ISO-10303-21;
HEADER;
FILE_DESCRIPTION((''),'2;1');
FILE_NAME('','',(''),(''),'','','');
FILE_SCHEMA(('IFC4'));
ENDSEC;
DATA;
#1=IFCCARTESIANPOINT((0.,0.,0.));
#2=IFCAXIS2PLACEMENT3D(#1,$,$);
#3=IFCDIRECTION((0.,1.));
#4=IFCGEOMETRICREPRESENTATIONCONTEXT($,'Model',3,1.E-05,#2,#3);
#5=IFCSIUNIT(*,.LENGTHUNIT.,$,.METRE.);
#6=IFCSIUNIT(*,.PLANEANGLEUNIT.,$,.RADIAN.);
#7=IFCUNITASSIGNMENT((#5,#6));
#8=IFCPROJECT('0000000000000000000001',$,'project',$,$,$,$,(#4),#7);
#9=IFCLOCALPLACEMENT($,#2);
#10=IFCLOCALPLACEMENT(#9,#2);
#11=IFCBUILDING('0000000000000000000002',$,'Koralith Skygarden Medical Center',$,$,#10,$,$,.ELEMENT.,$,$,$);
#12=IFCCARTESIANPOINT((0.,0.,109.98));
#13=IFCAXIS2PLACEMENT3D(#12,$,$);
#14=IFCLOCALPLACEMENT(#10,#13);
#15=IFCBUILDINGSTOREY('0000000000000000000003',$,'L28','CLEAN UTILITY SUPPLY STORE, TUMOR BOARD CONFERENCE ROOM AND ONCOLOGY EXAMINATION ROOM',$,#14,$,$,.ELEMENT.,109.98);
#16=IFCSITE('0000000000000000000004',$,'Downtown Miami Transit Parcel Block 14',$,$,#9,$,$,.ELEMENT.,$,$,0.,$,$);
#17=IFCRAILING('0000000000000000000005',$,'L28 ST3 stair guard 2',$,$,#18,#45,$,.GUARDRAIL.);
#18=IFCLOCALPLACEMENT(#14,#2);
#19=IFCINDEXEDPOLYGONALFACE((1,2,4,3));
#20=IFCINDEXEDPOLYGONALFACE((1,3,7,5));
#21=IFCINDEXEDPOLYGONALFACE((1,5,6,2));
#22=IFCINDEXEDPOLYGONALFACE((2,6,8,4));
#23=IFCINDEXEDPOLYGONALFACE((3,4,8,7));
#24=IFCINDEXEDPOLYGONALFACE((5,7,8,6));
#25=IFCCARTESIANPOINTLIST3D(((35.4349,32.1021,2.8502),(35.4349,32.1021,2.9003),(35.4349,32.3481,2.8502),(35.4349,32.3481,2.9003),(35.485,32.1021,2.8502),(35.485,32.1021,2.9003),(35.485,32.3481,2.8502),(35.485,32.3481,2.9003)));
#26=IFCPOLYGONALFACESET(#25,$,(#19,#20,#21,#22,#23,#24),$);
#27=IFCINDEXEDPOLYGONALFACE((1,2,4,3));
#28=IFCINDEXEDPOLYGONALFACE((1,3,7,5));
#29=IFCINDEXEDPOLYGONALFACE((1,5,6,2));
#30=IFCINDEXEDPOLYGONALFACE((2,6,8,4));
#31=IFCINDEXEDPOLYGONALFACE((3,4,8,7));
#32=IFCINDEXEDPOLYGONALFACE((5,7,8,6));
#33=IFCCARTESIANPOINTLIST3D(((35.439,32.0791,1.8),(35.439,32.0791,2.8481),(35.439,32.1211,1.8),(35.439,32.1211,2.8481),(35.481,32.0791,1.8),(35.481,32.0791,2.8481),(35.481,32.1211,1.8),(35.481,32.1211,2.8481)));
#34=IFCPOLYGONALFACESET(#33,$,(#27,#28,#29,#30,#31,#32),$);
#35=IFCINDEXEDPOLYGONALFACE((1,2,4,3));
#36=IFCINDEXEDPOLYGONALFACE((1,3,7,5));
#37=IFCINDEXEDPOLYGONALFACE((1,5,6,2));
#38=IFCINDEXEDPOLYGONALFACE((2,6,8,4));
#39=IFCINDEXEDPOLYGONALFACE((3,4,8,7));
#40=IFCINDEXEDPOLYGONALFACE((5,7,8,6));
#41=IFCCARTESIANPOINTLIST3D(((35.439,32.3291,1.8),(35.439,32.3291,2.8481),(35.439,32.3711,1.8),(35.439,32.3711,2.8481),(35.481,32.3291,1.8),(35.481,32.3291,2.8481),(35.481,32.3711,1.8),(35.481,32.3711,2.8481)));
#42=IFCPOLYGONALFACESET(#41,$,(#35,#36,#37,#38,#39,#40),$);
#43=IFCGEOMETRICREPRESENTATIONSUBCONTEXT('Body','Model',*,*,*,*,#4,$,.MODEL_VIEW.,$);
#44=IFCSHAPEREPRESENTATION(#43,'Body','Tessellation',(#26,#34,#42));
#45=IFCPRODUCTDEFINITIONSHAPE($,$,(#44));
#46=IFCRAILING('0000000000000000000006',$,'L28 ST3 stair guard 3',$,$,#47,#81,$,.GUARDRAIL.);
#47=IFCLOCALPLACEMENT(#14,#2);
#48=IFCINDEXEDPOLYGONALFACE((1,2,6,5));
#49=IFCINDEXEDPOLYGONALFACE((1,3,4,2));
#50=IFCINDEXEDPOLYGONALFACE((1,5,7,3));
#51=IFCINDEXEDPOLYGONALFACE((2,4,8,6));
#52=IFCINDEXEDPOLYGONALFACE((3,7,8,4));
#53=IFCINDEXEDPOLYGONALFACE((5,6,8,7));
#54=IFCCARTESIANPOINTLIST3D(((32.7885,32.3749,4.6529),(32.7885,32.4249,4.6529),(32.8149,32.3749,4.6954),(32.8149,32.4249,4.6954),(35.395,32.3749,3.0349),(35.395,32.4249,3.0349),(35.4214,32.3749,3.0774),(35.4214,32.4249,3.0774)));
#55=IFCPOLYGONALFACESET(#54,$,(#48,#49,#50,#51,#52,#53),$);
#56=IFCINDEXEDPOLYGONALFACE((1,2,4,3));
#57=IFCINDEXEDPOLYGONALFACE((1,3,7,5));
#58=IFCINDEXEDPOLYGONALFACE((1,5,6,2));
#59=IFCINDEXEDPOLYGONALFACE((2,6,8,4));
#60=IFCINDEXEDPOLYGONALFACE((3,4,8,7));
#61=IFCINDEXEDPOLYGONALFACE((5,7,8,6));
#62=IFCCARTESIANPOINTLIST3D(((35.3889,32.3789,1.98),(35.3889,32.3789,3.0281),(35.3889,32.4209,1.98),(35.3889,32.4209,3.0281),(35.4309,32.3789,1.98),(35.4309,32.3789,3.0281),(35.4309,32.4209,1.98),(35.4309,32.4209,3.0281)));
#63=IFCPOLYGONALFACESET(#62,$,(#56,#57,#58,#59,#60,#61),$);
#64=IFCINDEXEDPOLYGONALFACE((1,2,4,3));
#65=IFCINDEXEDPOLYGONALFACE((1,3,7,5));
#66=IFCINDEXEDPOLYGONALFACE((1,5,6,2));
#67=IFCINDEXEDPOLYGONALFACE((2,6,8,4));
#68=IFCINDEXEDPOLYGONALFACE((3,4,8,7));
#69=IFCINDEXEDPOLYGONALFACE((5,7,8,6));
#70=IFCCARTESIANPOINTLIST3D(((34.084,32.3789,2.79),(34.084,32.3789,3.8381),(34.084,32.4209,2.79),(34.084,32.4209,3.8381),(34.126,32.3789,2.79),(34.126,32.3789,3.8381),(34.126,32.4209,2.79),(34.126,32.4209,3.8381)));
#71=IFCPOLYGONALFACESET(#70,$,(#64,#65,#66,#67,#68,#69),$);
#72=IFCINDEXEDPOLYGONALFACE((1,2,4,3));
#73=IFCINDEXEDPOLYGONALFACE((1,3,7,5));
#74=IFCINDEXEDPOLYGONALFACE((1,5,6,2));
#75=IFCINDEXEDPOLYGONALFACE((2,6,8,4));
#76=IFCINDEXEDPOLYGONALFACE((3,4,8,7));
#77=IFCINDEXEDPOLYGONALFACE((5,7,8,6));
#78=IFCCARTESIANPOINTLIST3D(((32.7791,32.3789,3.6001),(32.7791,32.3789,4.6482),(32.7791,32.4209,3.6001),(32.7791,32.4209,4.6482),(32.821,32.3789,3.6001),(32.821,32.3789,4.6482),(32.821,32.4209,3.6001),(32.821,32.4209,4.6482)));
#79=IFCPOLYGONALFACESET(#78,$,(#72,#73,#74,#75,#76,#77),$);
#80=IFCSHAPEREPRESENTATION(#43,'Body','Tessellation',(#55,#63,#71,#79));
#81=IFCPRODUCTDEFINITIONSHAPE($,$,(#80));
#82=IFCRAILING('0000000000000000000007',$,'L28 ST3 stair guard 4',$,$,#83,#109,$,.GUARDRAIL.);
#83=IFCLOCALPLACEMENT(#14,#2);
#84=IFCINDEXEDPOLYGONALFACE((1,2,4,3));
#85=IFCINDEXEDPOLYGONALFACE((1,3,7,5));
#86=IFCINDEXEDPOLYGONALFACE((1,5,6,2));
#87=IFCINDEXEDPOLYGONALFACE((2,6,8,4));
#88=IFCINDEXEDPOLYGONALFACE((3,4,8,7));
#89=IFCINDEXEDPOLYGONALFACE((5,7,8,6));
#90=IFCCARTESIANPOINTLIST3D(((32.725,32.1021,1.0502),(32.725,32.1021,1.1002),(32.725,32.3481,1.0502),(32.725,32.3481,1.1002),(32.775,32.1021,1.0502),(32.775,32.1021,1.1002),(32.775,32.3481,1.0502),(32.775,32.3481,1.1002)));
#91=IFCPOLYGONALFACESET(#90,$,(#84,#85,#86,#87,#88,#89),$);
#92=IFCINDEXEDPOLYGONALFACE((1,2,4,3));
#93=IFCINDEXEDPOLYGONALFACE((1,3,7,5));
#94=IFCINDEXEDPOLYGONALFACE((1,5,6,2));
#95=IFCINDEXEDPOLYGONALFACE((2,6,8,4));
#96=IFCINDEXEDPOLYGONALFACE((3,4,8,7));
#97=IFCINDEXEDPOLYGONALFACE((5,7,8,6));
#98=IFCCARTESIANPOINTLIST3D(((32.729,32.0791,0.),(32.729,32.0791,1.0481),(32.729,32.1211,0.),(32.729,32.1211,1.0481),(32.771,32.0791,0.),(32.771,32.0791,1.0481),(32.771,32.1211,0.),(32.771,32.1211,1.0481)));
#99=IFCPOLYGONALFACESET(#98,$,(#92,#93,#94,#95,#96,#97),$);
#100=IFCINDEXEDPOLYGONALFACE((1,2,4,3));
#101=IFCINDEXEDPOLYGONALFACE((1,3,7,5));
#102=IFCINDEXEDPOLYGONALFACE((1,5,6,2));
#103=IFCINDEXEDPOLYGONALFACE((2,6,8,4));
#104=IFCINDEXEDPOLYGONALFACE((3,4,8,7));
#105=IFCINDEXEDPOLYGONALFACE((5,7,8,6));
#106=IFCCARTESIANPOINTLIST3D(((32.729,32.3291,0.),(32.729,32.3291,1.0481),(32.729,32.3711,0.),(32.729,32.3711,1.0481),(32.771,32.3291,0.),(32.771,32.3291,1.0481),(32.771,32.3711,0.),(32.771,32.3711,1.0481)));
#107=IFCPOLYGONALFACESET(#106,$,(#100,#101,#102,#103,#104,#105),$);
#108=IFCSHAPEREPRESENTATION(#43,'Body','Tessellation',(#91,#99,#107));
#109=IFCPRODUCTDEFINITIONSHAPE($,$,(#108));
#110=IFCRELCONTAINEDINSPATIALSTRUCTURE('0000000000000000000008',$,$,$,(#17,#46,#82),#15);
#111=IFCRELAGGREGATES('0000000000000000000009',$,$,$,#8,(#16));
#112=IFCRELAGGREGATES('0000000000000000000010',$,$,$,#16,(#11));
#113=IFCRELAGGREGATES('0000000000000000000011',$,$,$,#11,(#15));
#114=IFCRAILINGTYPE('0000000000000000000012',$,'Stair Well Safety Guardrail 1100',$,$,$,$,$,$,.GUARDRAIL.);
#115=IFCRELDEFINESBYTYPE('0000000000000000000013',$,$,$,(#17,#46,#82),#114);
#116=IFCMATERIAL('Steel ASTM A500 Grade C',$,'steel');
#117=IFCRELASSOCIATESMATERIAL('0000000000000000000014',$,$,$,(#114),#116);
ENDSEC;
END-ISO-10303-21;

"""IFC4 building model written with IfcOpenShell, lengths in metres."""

from ifc_helpers import new_model, si_unit, direction, frame, origin, origin_2d, place, context, subcontext, project, spatial, rectangle, extrude, material, type_object, element, save


model = new_model("IFC4")

# Units and contexts
model_context = context("Model", 3, precision=1e-05, world=origin(), true_north=direction((0.0, 1.0)))
body_context = subcontext(model_context, "Body", "Model", "MODEL_VIEW")
ifc_project = project(units=[si_unit("LENGTHUNIT", "METRE"), si_unit("PLANEANGLEUNIT", "RADIAN")], contexts=[model_context])

# Site, building, storey
site_placement = place(None, origin())
site = spatial("IfcSite", under=ifc_project, at=site_placement, Name="Downtown Miami Transit Parcel Block 14", CompositionType="ELEMENT", RefElevation=0.0)
building_placement = place(site_placement, origin())
building = spatial("IfcBuilding", under=site, at=building_placement, Name="Koralith Skygarden Medical Center", CompositionType="ELEMENT")
storey_placement = place(building_placement, frame((0.0, 0.0, 109.98)))
storey = spatial("IfcBuildingStorey", under=building, at=storey_placement, Name="L28", Description="CLEAN UTILITY SUPPLY STORE, TUMOR BOARD CONFERENCE ROOM AND ONCOLOGY EXAMINATION ROOM", CompositionType="ELEMENT", Elevation=109.98)

# Railings
ifc_material_1 = material(Name="Steel ASTM A500 Grade C", Category="steel")
railing_type_1 = type_object("IfcRailingType", Name="Stair Well Safety Guardrail 1100", PredefinedType="GUARDRAIL", material=ifc_material_1)
railing_1_placement = place(storey_placement, frame((35.46, 32.1001, 1.8)))
element("IfcRailing", 1, at=railing_1_placement, inside=storey, type_object=railing_type_1, Name="L28 ST3 stair guard 2", PredefinedType="GUARDRAIL", context=body_context, shape_type="SweptSolid", body=[
    extrude(rectangle(XDim=0.05, YDim=0.05, at=origin_2d()), frame((0.0, 0.002, 1.0752), z_axis=(0.0, 1.0, 0.0), x_axis=(-1.0, 0.0, 0.0)), (0.0, 0.0, 1.0), 0.2461),
    extrude(rectangle(XDim=0.042, YDim=0.042, at=origin_2d()), origin(), (0.0, 0.0, 1.0), 1.0481),
    extrude(rectangle(XDim=0.042, YDim=0.042, at=origin_2d()), frame((0.0, 0.25, 0.0)), (0.0, 0.0, 1.0), 1.0481),
])
railing_2_placement = place(storey_placement, frame((35.4099, 32.3999, 1.98)))
element("IfcRailing", 2, at=railing_2_placement, inside=storey, type_object=railing_type_1, Name="L28 ST3 stair guard 3", PredefinedType="GUARDRAIL", context=body_context, shape_type="SweptSolid", body=[
    extrude(rectangle(XDim=0.05, YDim=0.05, at=origin_2d()), frame((-0.0017, 0.0, 1.0762), z_axis=(-0.849611, 0.0, 0.52741), x_axis=(0.0, -1.0, 0.0)), (0.0, 0.0, 1.0), 3.0679),
    extrude(rectangle(XDim=0.042, YDim=0.042, at=origin_2d()), origin(), (0.0, 0.0, 1.0), 1.0481),
    extrude(rectangle(XDim=0.042, YDim=0.042, at=origin_2d()), frame((-1.3049, 0.0, 0.8101)), (0.0, 0.0, 1.0), 1.0481),
    extrude(rectangle(XDim=0.042, YDim=0.042, at=origin_2d()), frame((-2.6099, 0.0, 1.6201)), (0.0, 0.0, 1.0), 1.0481),
])
railing_3_placement = place(storey_placement, frame((32.75, 32.1001, 0.0)))
element("IfcRailing", 3, at=railing_3_placement, inside=storey, type_object=railing_type_1, Name="L28 ST3 stair guard 4", PredefinedType="GUARDRAIL", context=body_context, shape_type="SweptSolid", body=[
    extrude(rectangle(XDim=0.05, YDim=0.05, at=origin_2d()), frame((0.0, 0.002, 1.0752), z_axis=(0.0, 1.0, 0.0), x_axis=(-1.0, 0.0, 0.0)), (0.0, 0.0, 1.0), 0.2461),
    extrude(rectangle(XDim=0.042, YDim=0.042, at=origin_2d()), origin(), (0.0, 0.0, 1.0), 1.0481),
    extrude(rectangle(XDim=0.042, YDim=0.042, at=origin_2d()), frame((0.0, 0.25, 0.0)), (0.0, 0.0, 1.0), 1.0481),
])

save(model, "model.ifc")
